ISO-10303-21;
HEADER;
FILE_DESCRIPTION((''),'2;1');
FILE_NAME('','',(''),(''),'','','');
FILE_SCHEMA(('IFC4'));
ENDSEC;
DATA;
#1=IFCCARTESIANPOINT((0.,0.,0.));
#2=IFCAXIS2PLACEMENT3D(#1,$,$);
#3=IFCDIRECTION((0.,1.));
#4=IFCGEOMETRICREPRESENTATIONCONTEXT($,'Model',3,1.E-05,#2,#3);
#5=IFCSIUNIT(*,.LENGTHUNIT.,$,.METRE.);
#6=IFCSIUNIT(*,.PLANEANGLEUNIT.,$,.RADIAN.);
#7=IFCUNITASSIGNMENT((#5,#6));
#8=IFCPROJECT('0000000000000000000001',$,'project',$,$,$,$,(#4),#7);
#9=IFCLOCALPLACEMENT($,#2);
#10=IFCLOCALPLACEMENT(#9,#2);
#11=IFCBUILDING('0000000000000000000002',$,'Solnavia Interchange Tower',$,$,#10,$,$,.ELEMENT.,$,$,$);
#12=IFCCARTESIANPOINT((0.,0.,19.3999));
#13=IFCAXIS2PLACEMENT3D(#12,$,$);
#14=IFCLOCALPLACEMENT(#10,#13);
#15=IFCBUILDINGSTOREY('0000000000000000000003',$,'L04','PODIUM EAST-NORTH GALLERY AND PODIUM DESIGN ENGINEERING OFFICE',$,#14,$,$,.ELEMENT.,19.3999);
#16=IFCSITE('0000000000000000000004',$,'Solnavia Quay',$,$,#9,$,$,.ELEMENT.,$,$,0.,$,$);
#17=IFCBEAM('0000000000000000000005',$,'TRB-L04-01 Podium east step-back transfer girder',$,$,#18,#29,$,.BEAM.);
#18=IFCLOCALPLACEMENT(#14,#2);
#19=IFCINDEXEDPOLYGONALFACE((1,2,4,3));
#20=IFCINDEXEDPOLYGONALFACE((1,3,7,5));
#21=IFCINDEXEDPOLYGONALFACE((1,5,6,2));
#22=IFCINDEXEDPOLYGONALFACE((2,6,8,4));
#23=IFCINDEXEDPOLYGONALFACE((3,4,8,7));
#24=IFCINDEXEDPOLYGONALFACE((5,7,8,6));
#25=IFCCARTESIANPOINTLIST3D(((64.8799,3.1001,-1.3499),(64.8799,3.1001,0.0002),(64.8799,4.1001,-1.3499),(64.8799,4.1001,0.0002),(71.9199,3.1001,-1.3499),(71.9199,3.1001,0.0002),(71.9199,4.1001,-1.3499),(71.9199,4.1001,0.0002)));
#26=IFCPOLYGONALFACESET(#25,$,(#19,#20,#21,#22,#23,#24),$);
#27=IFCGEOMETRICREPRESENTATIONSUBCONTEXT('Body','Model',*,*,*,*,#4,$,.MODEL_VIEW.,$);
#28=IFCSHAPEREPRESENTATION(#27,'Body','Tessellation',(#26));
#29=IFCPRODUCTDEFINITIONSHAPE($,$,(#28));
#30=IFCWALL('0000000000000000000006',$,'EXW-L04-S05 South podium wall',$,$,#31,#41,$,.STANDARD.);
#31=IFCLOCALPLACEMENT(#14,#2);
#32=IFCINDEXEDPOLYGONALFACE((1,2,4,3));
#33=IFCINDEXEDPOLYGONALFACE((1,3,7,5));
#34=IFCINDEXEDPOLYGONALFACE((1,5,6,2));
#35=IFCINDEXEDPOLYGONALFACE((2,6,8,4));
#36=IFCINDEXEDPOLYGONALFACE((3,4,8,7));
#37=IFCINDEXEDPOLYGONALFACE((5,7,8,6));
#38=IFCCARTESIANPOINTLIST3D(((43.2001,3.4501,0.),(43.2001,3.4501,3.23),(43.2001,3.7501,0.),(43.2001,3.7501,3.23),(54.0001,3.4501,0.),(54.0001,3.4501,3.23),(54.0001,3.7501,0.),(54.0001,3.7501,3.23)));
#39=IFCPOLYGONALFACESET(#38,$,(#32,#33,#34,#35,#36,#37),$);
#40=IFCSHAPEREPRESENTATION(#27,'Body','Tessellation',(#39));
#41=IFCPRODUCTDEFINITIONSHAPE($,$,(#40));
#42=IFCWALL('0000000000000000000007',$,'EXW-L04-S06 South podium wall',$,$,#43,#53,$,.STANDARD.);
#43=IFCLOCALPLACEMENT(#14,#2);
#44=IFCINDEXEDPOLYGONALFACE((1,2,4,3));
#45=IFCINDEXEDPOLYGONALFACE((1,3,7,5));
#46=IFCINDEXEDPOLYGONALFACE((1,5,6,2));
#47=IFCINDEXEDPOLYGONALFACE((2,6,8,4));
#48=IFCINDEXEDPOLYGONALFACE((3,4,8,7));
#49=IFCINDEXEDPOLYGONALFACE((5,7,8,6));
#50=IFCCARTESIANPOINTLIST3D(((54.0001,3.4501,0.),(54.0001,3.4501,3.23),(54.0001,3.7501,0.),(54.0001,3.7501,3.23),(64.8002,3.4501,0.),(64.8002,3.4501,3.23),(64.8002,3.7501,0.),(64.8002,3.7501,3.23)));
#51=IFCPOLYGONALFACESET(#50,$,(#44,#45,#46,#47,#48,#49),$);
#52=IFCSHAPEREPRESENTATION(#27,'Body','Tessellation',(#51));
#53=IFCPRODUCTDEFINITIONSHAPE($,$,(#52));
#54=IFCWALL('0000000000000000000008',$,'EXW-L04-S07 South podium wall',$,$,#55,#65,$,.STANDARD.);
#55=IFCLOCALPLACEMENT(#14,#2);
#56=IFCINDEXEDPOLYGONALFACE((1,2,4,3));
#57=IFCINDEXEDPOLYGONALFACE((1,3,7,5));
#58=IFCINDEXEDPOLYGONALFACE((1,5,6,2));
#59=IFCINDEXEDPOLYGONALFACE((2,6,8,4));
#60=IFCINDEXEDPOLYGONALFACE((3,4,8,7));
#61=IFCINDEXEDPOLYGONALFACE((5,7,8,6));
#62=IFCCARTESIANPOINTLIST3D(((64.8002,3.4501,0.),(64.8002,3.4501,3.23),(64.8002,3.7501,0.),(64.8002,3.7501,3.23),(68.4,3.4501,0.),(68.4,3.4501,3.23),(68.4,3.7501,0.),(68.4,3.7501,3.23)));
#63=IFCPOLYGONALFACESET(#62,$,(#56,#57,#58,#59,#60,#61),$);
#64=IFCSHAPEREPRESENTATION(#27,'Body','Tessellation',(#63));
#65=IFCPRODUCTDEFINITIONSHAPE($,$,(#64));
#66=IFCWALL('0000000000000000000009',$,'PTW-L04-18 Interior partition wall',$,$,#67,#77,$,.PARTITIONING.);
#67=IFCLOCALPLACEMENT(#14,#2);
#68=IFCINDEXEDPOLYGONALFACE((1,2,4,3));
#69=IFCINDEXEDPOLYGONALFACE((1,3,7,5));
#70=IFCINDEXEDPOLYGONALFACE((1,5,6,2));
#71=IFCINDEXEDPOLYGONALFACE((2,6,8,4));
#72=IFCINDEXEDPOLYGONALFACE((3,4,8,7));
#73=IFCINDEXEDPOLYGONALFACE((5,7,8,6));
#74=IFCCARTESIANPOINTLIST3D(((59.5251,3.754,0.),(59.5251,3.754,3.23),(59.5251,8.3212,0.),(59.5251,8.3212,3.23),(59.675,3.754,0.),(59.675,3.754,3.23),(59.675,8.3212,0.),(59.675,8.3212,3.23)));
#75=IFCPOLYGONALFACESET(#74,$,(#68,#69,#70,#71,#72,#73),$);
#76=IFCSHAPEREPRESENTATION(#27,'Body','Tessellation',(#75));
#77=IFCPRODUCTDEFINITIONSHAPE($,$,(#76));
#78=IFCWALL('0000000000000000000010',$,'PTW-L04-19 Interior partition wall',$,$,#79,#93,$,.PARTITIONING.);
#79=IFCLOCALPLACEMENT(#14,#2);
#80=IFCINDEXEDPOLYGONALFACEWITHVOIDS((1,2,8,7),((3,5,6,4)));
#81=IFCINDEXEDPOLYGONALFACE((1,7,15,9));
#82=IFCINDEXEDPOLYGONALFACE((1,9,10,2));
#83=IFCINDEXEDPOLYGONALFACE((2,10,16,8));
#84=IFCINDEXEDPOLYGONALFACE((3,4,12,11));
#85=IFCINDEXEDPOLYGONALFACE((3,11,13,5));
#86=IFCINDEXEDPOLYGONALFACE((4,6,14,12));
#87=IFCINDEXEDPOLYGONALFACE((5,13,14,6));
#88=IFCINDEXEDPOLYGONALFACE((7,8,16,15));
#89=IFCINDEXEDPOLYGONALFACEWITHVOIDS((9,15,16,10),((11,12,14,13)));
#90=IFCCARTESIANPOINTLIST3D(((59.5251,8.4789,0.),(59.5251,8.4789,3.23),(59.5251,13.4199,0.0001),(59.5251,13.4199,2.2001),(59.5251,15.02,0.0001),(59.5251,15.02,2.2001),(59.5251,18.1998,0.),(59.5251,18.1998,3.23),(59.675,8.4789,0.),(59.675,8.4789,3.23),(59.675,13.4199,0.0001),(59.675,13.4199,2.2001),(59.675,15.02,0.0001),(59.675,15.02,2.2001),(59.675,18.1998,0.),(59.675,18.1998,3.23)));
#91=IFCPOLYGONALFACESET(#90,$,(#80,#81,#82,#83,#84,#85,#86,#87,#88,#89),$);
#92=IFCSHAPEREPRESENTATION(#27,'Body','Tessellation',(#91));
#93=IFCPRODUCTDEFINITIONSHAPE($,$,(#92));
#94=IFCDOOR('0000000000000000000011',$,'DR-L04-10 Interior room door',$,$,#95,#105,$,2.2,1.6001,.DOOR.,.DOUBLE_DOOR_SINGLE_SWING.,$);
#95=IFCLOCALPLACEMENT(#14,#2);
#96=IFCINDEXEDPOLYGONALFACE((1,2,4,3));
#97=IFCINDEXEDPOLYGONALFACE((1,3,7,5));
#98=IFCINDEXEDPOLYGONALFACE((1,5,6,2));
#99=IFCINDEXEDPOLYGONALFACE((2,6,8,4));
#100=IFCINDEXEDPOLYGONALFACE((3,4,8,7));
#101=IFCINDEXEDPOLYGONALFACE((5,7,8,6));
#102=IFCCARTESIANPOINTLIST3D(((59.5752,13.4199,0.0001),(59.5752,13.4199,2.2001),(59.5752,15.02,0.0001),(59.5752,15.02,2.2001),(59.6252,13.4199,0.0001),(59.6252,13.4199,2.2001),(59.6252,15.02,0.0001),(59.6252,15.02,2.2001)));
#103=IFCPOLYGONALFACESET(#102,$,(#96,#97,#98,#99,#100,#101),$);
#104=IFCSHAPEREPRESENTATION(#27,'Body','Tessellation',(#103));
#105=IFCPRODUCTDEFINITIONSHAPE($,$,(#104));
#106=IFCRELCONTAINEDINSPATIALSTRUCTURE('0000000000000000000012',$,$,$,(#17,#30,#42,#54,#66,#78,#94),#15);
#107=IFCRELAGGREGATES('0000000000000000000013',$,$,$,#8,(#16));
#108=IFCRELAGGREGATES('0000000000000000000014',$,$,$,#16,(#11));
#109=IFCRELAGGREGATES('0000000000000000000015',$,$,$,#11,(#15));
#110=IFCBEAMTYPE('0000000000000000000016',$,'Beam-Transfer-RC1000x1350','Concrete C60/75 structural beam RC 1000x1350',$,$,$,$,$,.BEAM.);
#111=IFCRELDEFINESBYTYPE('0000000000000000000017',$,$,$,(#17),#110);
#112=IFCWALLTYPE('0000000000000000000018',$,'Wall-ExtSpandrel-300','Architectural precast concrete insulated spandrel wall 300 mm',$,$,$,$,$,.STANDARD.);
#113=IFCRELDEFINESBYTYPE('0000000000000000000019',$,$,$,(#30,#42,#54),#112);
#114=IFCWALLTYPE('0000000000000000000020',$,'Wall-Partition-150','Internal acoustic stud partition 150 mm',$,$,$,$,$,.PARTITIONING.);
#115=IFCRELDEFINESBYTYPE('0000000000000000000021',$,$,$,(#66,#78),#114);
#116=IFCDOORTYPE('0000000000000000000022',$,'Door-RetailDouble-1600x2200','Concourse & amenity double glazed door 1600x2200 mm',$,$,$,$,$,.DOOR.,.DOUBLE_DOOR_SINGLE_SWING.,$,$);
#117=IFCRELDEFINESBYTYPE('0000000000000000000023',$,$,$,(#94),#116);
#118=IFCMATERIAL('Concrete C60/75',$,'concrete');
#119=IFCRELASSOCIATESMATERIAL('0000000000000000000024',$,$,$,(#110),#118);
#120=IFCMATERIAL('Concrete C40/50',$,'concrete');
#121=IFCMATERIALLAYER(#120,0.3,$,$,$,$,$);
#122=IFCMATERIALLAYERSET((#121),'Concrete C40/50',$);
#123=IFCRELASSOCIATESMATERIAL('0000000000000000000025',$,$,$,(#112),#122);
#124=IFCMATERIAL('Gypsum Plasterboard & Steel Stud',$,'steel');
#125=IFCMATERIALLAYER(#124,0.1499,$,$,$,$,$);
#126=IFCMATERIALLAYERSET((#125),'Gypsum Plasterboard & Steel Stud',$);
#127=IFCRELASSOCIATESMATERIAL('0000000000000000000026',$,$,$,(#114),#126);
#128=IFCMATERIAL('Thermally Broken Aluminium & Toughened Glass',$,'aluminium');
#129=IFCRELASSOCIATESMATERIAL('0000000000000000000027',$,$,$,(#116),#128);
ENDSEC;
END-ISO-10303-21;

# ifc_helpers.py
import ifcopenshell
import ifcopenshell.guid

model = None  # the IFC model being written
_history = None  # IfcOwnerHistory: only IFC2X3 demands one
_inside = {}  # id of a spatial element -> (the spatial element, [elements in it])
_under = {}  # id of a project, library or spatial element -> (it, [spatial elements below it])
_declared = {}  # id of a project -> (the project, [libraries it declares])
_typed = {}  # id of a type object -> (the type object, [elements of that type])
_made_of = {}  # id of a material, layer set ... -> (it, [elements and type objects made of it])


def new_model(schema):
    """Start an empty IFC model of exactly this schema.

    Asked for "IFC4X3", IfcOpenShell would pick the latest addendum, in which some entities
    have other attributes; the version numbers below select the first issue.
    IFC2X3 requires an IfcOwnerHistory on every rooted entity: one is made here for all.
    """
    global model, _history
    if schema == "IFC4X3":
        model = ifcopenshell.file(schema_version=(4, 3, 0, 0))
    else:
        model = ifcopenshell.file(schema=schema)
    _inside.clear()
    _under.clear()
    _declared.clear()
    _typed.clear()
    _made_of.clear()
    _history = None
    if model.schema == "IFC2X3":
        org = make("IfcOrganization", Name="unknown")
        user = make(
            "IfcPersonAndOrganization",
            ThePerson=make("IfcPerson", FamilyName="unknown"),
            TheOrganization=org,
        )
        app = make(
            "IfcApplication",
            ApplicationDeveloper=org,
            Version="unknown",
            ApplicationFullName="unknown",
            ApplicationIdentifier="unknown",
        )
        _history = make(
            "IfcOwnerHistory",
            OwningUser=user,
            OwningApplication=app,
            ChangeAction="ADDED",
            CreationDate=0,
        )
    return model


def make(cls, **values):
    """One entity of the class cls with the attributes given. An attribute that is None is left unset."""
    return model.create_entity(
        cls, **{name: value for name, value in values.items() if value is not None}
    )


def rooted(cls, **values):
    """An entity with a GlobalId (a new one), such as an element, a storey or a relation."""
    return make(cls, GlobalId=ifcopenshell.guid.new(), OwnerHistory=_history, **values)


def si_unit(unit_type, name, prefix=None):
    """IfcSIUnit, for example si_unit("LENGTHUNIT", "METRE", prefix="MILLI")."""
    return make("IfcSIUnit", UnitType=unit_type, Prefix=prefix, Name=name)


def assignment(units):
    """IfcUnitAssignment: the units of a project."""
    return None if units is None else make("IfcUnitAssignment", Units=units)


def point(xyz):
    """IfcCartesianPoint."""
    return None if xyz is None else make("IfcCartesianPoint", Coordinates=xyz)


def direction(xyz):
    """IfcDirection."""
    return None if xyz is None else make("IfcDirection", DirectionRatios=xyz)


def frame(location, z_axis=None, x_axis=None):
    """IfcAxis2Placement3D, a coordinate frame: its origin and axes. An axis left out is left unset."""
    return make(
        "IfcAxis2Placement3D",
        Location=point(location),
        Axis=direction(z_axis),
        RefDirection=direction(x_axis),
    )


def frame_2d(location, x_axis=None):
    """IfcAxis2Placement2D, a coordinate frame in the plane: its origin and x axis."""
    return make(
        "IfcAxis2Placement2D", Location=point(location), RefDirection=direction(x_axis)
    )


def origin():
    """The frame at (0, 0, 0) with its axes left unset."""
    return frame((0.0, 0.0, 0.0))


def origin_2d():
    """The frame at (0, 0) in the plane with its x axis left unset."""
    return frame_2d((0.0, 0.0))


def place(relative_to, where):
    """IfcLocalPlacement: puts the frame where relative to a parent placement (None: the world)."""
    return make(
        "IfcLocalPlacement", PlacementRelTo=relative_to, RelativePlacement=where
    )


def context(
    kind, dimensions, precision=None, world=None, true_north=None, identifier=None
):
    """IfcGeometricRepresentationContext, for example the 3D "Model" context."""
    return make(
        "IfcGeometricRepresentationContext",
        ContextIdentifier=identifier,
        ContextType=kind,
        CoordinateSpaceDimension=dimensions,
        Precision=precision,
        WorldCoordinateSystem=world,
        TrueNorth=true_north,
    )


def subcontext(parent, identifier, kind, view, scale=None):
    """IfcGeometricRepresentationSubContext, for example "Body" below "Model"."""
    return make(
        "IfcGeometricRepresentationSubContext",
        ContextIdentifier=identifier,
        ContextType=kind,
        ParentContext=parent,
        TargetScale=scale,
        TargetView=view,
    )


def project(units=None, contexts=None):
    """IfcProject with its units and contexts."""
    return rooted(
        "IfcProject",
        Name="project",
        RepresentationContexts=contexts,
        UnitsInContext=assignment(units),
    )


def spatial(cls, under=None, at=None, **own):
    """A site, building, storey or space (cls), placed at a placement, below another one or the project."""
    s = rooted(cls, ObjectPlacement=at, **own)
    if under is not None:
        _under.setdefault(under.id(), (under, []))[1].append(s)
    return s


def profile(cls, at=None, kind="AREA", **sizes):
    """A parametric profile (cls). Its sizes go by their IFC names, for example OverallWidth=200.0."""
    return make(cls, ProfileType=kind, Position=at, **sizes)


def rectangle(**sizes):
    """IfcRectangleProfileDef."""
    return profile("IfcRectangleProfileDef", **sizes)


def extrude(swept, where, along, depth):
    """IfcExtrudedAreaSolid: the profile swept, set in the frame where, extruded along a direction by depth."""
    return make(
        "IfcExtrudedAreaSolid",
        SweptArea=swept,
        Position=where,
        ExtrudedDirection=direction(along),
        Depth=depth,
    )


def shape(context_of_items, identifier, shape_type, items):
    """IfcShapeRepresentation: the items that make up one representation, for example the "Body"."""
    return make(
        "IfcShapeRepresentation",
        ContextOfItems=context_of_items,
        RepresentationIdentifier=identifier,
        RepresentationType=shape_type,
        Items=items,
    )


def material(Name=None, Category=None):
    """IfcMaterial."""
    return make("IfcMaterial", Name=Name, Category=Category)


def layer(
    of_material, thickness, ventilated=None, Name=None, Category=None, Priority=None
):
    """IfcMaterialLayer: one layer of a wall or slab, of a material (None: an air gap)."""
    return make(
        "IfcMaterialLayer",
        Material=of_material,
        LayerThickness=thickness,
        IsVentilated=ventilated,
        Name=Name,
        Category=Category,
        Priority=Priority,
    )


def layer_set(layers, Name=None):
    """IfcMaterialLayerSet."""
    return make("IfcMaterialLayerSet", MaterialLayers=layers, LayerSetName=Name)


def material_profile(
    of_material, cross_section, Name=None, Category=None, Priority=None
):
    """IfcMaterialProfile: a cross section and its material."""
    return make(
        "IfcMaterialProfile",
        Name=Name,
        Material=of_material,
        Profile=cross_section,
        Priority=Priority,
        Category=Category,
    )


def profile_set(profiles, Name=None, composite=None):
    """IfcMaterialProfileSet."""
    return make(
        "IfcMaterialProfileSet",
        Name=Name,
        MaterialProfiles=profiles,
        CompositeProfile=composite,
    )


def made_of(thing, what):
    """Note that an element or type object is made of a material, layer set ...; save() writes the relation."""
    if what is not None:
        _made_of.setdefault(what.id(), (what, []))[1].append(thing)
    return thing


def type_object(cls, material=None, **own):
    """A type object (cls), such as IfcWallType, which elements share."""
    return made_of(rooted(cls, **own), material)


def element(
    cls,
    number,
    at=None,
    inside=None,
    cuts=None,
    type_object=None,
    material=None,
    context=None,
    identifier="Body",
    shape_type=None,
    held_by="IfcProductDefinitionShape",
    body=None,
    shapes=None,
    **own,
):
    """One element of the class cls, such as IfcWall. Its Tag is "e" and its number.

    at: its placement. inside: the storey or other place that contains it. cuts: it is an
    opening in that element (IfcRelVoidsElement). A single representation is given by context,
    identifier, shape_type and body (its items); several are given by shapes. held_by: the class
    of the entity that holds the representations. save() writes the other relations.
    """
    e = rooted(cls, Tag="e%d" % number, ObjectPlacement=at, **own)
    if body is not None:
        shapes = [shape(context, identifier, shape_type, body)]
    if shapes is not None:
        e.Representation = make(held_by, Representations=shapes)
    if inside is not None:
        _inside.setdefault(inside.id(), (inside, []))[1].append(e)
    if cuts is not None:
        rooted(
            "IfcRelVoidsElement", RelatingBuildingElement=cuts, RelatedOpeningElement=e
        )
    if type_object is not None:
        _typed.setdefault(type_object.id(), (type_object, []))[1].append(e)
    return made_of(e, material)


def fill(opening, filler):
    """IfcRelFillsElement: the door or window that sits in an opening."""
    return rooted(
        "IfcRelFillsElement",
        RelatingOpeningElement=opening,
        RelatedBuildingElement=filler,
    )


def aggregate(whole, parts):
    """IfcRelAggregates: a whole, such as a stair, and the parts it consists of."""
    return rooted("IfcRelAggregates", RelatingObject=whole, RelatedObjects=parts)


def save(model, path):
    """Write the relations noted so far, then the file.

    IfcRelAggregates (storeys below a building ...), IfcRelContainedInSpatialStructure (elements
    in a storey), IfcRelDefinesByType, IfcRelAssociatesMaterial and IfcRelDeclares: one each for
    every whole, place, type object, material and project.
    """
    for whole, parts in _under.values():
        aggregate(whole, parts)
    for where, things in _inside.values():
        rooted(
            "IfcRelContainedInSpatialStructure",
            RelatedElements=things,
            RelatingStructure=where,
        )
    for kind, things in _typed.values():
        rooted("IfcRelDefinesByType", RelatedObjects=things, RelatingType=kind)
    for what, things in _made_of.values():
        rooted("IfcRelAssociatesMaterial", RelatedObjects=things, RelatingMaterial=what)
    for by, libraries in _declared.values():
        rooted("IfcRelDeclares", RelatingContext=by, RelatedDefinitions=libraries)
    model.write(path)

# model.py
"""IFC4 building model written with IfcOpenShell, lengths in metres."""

from ifc_helpers import new_model, si_unit, direction, frame, frame_2d, origin, origin_2d, place, context, subcontext, project, spatial, rectangle, extrude, material, layer, layer_set, material_profile, profile_set, type_object, element, fill, save


model = new_model("IFC4")

# Units and contexts
model_context = context("Model", 3, precision=1e-05, world=origin(), true_north=direction((0.0, 1.0)))
body_context = subcontext(model_context, "Body", "Model", "MODEL_VIEW")
ifc_project = project(units=[si_unit("LENGTHUNIT", "METRE"), si_unit("PLANEANGLEUNIT", "RADIAN")], contexts=[model_context])

# Site, building, storey
site_placement = place(None, origin())
site = spatial("IfcSite", under=ifc_project, at=site_placement, Name="Solnavia Quay", CompositionType="ELEMENT", RefElevation=0.0)
building_placement = place(site_placement, origin())
building = spatial("IfcBuilding", under=site, at=building_placement, Name="Solnavia Interchange Tower", CompositionType="ELEMENT")
storey_placement = place(building_placement, frame((0.0, 0.0, 19.3999)))
storey = spatial("IfcBuildingStorey", under=building, at=storey_placement, Name="L04", Description="PODIUM EAST-NORTH GALLERY AND PODIUM DESIGN ENGINEERING OFFICE", CompositionType="ELEMENT", Elevation=19.3999)

# Shared definitions
ifc_material_1 = material(Name="Concrete C60/75", Category="concrete")

# Beam
ifc_material_profile_1 = material_profile(ifc_material_1, rectangle(XDim=1.0, YDim=1.3501, at=origin_2d()), Name="RC 1000x1350")
ifc_profile_set_1 = profile_set([ifc_material_profile_1], Name="Concrete C60/75")
beam_type_1 = type_object("IfcBeamType", Name="Beam-Transfer-RC1000x1350", Description="Concrete C60/75 structural beam RC 1000x1350", PredefinedType="BEAM", material=ifc_profile_set_1)
beam_1_placement = place(storey_placement, frame((64.8799, 3.6001, -0.6748), z_axis=(1.0, 0.0, 0.0), x_axis=(0.0, 1.0, 0.0)))
element("IfcBeam", 1, at=beam_1_placement, inside=storey, type_object=beam_type_1, Name="TRB-L04-01 Podium east step-back transfer girder", PredefinedType="BEAM", context=body_context, shape_type="SweptSolid", body=[
    extrude(rectangle(XDim=1.0, YDim=1.3501, at=origin_2d()), origin(), (0.0, 0.0, 1.0), 7.04),
])

# Walls
ifc_material_2 = material(Name="Concrete C40/50", Category="concrete")
ifc_layer_1 = layer(ifc_material_2, 0.3)
ifc_layer_set_1 = layer_set([ifc_layer_1], Name="Concrete C40/50")
wall_type_1 = type_object("IfcWallType", Name="Wall-ExtSpandrel-300", Description="Architectural precast concrete insulated spandrel wall 300 mm", PredefinedType="STANDARD", material=ifc_layer_set_1)
for number, where, z_axis, x_axis, name in (
    (2, (54.0, 3.6001, 0.0), (0.0, 0.0, 1.0), (-1.0, 0.0, 0.0), "EXW-L04-S05 South podium wall"),
    (3, (64.8, 3.6001, 0.0), (0.0, 0.0, 1.0), (-1.0, 0.0, 0.0), "EXW-L04-S06 South podium wall"),
):
    element("IfcWall", number, at=place(storey_placement, frame(where, z_axis=z_axis, x_axis=x_axis)), inside=storey, type_object=wall_type_1, Name=name, PredefinedType="STANDARD", context=body_context, shape_type="SweptSolid", body=[
        extrude(rectangle(XDim=10.8, YDim=0.3, at=frame_2d((5.3999, 0.0))), origin(), (0.0, 0.0, 1.0), 3.23),
    ])
wall_1_placement = place(storey_placement, frame((68.3999, 3.6001, 0.0), z_axis=(0.0, 0.0, 1.0), x_axis=(-1.0, 0.0, 0.0)))
element("IfcWall", 4, at=wall_1_placement, inside=storey, type_object=wall_type_1, Name="EXW-L04-S07 South podium wall", PredefinedType="STANDARD", context=body_context, shape_type="SweptSolid", body=[
    extrude(rectangle(XDim=3.5999, YDim=0.3, at=frame_2d((1.7998, 0.0))), origin(), (0.0, 0.0, 1.0), 3.23),
])
ifc_material_3 = material(Name="Gypsum Plasterboard & Steel Stud", Category="steel")
ifc_layer_2 = layer(ifc_material_3, 0.1499)
ifc_layer_set_2 = layer_set([ifc_layer_2], Name="Gypsum Plasterboard & Steel Stud")
wall_type_2 = type_object("IfcWallType", Name="Wall-Partition-150", Description="Internal acoustic stud partition 150 mm", PredefinedType="PARTITIONING", material=ifc_layer_set_2)
wall_2_placement = place(storey_placement, frame((59.6001, 3.7539, 0.0), z_axis=(0.0, 0.0, 1.0), x_axis=(0.0, 1.0, 0.0)))
element("IfcWall", 5, at=wall_2_placement, inside=storey, type_object=wall_type_2, Name="PTW-L04-18 Interior partition wall", PredefinedType="PARTITIONING", context=body_context, shape_type="SweptSolid", body=[
    extrude(rectangle(XDim=4.5671, YDim=0.1499, at=frame_2d((2.2837, 0.0))), origin(), (0.0, 0.0, 1.0), 3.23),
])

# Wall, opening, door
wall_3_placement = place(storey_placement, frame((59.6001, 8.479, 0.0), z_axis=(0.0, 0.0, 1.0), x_axis=(0.0, 1.0, 0.0)))
wall_3 = element("IfcWall", 6, at=wall_3_placement, inside=storey, type_object=wall_type_2, Name="PTW-L04-19 Interior partition wall", PredefinedType="PARTITIONING", context=body_context, shape_type="SweptSolid", body=[
    extrude(rectangle(XDim=9.7209, YDim=0.1499, at=frame_2d((4.8604, 0.0))), origin(), (0.0, 0.0, 1.0), 3.23),
])
opening_placement = place(wall_3_placement, frame((4.9409, 0.0, 0.0)))
opening = element("IfcOpeningElement", 7, at=opening_placement, cuts=wall_3, PredefinedType="OPENING", context=body_context, shape_type="SweptSolid", body=[
    extrude(rectangle(XDim=1.6001, YDim=2.2, at=frame_2d((0.8, 1.1001))), frame((0.0, 0.085, 0.0), z_axis=(0.0, -1.0, 0.0), x_axis=(1.0, 0.0, 0.0)), (0.0, 0.0, 1.0), 0.1699),
])
ifc_material_4 = material(Name="Thermally Broken Aluminium & Toughened Glass", Category="aluminium")
door_type = type_object("IfcDoorType", Name="Door-RetailDouble-1600x2200", Description="Concourse & amenity double glazed door 1600x2200 mm", OperationType="DOUBLE_DOOR_SINGLE_SWING", PredefinedType="DOOR", material=ifc_material_4)
door_placement = place(opening_placement, origin())
door = element("IfcDoor", 8, at=door_placement, inside=storey, type_object=door_type, Name="DR-L04-10 Interior room door", OperationType="DOUBLE_DOOR_SINGLE_SWING", OverallHeight=2.2, OverallWidth=1.6001, PredefinedType="DOOR", context=body_context, shape_type="SweptSolid", body=[
    extrude(rectangle(XDim=1.6001, YDim=2.2, at=frame_2d((0.8, 1.1001))), frame((0.0, 0.0249, 0.0), z_axis=(0.0, -1.0, 0.0), x_axis=(1.0, 0.0, 0.0)), (0.0, 0.0, 1.0), 0.05),
])
fill(opening, door)

save(model, "model.ifc")
